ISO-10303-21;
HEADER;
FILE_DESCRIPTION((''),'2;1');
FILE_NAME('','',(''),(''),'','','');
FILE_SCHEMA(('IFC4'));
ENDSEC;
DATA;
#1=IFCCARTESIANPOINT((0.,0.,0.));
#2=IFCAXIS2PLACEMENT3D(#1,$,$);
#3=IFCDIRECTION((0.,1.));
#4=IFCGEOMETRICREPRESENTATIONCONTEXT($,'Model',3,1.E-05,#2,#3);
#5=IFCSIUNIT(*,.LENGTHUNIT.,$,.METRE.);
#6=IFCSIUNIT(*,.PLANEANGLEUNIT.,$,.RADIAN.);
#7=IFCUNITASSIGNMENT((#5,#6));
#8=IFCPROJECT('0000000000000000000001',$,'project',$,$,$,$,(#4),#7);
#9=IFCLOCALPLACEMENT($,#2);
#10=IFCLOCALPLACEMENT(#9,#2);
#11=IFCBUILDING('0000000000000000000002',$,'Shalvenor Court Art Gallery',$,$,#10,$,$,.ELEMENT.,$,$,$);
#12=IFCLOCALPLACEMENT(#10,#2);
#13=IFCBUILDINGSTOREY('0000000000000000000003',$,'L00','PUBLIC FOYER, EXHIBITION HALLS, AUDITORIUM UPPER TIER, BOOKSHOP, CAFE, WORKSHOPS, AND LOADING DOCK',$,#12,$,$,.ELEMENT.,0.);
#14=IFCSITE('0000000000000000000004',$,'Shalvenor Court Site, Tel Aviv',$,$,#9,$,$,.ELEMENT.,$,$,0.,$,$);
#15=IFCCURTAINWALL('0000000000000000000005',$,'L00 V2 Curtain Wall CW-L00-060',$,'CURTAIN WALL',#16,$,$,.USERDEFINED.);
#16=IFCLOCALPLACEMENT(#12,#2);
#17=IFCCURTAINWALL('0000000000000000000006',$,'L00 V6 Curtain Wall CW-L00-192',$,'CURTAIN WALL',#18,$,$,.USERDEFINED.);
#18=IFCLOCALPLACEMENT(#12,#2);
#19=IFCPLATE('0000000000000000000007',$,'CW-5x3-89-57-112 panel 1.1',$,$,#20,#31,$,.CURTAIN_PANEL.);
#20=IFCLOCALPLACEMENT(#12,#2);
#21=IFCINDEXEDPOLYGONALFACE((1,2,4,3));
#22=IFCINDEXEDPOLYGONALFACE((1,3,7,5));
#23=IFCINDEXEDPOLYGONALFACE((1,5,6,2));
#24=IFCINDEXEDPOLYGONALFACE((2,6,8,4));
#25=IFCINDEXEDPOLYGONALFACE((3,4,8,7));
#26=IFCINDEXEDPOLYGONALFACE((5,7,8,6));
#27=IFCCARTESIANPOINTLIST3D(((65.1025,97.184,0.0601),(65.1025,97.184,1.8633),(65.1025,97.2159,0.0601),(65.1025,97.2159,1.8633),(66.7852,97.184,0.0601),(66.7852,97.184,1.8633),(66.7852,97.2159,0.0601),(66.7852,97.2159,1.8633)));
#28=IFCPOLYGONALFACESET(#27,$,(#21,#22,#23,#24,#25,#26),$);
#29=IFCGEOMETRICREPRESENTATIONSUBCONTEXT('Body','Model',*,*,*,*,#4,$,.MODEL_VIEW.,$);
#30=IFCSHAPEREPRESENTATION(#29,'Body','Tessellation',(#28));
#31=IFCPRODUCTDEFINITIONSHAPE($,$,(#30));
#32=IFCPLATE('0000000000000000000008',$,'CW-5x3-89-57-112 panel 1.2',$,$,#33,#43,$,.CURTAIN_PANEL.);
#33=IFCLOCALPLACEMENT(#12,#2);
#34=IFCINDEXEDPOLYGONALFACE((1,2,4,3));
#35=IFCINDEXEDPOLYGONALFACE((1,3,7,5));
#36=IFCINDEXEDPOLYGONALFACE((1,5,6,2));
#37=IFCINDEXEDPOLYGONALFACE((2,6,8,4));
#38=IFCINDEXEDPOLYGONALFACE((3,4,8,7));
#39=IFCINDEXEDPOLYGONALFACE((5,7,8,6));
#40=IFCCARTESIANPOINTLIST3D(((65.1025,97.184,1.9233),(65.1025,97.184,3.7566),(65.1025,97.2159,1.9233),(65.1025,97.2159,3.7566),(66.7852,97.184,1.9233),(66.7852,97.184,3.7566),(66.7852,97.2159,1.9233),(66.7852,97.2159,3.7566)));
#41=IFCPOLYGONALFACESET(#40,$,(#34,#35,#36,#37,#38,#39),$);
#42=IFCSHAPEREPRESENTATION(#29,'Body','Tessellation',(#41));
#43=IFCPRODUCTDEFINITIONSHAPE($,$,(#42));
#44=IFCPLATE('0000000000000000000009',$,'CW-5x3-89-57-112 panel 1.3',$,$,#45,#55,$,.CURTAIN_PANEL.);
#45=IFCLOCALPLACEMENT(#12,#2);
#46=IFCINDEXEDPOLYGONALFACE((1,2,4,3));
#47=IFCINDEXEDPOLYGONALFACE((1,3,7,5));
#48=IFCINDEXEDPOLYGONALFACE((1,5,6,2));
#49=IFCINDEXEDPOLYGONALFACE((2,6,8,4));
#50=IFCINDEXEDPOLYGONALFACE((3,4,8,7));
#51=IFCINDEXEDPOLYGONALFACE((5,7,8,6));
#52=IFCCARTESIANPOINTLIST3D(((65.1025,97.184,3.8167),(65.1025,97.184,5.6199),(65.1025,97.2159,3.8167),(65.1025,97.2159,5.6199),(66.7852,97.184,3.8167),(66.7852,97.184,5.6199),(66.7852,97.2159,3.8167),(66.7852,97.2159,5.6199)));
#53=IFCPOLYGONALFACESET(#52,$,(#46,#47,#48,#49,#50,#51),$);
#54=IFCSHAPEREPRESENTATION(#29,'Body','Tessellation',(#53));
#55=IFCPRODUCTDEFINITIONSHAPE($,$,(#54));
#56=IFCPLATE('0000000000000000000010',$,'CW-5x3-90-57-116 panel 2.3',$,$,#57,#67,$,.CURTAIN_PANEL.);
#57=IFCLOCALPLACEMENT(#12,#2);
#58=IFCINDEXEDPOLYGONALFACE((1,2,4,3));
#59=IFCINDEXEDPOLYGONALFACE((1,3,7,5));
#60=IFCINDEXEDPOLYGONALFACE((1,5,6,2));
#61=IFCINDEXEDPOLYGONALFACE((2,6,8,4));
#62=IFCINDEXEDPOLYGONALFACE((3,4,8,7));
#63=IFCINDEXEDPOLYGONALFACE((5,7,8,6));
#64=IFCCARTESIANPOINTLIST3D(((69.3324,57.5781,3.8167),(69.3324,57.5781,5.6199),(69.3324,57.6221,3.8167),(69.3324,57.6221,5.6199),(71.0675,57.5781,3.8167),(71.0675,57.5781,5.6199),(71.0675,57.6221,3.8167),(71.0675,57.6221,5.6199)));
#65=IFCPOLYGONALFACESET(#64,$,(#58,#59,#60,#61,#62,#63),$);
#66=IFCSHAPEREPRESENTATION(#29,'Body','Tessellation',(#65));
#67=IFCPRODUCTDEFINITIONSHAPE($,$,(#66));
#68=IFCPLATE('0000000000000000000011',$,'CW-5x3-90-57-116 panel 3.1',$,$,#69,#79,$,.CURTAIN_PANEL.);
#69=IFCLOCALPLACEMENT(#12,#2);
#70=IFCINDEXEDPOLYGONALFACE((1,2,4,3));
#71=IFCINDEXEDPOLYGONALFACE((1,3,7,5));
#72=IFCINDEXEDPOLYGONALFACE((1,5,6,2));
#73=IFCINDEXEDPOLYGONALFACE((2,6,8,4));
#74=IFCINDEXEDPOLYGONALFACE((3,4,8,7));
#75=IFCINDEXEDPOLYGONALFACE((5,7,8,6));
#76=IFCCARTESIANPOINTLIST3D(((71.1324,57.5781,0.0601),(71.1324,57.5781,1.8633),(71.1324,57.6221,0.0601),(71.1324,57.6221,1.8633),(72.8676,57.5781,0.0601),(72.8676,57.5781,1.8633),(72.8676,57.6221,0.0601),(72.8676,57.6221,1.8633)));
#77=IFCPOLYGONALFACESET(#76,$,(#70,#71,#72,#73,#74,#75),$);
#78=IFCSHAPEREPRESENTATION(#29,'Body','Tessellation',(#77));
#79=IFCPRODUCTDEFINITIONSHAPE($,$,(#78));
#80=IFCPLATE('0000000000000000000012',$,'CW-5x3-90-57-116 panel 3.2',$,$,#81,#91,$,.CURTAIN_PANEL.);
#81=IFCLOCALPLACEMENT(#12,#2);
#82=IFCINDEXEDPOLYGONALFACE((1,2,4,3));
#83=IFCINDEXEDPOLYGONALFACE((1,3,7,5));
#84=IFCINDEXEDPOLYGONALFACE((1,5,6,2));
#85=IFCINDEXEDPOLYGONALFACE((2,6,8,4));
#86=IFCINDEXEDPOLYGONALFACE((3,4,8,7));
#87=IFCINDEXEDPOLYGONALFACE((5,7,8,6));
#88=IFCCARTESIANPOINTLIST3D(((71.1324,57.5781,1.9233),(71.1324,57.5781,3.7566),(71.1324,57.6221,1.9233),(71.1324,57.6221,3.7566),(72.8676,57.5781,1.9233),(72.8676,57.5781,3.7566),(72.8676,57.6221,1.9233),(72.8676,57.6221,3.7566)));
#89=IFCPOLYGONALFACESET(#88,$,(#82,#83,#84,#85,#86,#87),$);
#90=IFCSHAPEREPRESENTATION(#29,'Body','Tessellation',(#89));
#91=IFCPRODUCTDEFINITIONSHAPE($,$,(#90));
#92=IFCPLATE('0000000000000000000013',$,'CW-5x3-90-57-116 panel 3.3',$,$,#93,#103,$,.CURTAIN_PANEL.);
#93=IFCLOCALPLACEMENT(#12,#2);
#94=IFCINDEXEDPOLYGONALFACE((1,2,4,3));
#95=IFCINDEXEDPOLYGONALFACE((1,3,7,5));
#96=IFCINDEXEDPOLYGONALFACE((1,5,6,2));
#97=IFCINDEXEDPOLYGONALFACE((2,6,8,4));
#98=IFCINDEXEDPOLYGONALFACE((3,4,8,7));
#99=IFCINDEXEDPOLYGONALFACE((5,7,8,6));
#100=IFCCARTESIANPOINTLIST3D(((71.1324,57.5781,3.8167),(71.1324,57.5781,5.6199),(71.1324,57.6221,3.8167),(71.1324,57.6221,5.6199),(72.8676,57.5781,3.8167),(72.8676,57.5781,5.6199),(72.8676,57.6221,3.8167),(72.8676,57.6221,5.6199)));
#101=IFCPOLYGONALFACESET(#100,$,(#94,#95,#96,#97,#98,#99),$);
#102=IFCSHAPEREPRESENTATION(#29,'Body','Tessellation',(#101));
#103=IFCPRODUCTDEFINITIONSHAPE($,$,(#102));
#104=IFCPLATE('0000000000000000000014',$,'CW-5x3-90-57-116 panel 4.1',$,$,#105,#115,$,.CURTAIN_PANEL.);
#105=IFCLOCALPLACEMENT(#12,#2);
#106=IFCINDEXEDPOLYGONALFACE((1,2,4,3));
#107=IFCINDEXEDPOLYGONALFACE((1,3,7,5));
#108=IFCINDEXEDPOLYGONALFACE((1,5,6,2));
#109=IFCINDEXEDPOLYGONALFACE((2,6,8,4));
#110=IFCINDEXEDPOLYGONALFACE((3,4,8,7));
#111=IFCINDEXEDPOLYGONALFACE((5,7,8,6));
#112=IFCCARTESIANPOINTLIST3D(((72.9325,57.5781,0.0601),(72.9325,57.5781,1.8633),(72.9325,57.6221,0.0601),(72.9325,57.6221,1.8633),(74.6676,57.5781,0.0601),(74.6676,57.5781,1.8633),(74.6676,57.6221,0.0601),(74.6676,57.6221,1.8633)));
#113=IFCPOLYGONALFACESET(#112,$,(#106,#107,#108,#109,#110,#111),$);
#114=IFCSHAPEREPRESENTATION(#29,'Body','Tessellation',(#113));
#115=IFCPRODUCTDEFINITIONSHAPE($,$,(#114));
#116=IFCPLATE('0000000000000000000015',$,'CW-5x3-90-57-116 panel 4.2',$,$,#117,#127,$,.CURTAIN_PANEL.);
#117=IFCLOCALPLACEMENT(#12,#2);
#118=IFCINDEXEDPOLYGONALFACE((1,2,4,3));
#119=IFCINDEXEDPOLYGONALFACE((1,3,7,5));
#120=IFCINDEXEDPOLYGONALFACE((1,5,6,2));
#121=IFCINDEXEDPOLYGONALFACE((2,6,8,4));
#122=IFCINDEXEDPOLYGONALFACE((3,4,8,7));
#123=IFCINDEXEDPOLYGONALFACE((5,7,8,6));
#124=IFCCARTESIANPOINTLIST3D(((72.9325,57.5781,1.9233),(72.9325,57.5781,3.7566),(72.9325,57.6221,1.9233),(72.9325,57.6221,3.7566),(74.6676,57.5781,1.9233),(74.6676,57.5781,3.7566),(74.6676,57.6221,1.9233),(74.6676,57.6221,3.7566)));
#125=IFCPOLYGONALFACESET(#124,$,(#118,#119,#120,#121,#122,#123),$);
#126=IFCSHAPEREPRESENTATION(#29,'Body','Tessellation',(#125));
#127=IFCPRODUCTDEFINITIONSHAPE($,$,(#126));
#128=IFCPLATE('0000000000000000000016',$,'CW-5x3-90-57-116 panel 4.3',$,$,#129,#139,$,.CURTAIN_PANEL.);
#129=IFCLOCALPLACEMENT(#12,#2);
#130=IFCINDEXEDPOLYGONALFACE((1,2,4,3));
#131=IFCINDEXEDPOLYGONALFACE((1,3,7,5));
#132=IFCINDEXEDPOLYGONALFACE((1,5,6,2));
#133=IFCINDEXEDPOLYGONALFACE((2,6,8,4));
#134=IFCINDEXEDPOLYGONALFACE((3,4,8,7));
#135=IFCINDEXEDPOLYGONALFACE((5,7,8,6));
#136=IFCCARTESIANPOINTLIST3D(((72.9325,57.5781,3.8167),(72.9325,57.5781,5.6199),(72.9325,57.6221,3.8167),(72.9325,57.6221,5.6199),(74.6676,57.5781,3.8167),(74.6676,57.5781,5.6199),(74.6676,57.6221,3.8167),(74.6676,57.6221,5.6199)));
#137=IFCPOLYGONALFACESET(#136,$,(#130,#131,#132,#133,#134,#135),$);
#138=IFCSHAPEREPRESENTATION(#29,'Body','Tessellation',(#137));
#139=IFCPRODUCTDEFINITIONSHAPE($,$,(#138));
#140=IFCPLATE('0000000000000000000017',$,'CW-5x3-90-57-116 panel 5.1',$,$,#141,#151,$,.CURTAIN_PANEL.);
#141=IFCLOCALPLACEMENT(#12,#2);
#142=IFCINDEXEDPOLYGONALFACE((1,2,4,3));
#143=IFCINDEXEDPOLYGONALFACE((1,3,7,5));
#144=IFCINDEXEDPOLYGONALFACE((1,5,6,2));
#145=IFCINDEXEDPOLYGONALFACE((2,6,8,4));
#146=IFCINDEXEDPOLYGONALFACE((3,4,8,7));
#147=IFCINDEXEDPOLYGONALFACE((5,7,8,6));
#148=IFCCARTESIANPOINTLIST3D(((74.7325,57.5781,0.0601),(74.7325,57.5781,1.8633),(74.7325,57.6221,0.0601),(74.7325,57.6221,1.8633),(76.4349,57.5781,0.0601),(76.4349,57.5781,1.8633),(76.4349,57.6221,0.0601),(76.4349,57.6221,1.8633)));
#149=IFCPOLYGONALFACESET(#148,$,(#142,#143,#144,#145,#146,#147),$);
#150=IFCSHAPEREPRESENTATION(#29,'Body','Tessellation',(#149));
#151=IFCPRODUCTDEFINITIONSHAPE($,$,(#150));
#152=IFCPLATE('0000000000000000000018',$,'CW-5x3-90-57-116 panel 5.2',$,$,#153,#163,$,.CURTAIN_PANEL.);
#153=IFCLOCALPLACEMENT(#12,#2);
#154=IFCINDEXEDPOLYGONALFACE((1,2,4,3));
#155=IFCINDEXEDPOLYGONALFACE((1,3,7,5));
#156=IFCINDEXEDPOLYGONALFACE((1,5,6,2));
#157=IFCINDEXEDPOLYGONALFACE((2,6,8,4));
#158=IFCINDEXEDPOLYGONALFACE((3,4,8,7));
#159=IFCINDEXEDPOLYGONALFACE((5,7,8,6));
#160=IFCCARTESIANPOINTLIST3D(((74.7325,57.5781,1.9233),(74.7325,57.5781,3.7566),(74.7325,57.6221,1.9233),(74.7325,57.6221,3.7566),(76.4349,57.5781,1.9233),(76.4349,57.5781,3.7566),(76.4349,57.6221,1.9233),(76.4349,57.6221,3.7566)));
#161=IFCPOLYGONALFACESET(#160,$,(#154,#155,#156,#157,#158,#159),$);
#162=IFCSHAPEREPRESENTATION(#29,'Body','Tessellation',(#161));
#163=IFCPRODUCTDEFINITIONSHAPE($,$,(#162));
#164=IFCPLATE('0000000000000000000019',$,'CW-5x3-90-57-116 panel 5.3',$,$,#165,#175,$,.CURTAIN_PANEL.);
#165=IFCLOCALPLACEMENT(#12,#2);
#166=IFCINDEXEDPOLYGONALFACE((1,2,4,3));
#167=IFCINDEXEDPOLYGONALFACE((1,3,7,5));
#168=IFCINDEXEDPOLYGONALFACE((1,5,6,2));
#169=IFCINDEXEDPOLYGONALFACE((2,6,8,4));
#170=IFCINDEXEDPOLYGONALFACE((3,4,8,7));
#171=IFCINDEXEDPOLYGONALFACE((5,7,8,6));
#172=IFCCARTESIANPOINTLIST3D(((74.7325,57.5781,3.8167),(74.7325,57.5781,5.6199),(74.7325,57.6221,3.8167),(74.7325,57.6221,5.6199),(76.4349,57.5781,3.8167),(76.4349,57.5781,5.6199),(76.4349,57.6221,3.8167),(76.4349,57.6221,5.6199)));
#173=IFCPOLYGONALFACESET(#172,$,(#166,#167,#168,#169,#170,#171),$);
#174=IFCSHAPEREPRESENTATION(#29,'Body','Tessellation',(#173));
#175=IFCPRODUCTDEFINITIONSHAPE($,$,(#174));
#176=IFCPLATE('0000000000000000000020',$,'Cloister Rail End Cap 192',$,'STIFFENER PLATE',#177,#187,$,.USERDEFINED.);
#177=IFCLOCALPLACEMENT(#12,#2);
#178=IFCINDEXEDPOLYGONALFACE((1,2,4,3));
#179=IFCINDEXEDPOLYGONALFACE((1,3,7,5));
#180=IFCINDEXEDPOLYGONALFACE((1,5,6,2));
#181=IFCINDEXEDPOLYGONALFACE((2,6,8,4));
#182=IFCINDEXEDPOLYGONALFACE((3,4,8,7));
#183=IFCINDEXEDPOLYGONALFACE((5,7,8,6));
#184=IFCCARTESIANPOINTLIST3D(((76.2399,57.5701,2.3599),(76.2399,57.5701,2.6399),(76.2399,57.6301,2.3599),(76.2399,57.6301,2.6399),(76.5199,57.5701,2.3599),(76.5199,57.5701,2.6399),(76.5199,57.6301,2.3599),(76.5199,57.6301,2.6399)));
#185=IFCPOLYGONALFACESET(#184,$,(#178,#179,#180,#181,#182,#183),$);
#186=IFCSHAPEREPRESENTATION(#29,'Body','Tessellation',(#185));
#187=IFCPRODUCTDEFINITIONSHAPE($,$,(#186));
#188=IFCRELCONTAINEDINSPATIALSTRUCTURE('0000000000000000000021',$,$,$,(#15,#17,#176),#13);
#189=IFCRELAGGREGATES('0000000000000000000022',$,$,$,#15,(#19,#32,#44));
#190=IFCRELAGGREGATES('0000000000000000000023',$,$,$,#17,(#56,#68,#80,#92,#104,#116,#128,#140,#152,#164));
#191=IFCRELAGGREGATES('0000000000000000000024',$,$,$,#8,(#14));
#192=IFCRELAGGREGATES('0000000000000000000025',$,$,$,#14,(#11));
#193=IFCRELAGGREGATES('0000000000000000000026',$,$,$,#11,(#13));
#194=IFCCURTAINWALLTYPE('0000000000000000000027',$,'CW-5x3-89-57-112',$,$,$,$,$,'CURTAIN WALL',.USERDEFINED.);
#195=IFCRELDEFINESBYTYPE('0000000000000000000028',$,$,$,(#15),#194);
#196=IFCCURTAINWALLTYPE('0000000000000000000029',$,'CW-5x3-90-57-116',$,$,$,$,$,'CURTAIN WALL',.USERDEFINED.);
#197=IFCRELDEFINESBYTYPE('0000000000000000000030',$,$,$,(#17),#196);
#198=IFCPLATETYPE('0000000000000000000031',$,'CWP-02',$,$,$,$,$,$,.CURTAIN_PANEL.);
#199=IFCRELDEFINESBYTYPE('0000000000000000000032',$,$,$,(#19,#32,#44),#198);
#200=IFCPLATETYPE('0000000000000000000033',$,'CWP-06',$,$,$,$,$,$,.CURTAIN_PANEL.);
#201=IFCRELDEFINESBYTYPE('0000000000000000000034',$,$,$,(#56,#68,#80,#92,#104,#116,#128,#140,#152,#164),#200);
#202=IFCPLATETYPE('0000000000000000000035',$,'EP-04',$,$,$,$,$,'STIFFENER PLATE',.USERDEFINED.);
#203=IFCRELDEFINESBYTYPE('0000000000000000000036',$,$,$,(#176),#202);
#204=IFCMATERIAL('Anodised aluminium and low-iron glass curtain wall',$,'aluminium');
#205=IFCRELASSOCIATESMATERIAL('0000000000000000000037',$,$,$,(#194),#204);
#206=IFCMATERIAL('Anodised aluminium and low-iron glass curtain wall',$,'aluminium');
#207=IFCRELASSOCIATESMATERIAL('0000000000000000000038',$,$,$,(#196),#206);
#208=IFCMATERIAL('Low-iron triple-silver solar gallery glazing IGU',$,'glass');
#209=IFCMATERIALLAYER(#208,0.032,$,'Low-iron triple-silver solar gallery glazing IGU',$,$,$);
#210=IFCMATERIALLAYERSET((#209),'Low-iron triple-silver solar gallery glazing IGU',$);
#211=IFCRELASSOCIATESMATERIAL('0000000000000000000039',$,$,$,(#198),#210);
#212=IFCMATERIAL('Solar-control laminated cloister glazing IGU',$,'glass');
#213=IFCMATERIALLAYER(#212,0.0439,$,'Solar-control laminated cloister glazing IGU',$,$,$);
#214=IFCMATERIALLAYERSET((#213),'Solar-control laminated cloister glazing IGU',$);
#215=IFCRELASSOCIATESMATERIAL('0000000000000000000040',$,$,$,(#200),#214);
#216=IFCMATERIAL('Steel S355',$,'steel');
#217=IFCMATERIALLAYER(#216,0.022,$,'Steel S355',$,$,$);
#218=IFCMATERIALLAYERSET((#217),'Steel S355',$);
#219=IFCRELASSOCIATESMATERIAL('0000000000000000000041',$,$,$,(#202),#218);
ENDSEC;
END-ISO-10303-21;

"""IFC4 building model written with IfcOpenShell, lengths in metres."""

from ifc_helpers import new_model, si_unit, direction, frame, origin, origin_2d, place, context, subcontext, project, spatial, rectangle, extrude, material, layer, layer_set, type_object, element, aggregate, save


model = new_model("IFC4")

# Units and contexts
model_context = context("Model", 3, precision=1e-05, world=origin(), true_north=direction((0.0, 1.0)))
body_context = subcontext(model_context, "Body", "Model", "MODEL_VIEW")
ifc_project = project(units=[si_unit("LENGTHUNIT", "METRE"), si_unit("PLANEANGLEUNIT", "RADIAN")], contexts=[model_context])

# Site, building, storey
site_placement = place(None, origin())
site = spatial("IfcSite", under=ifc_project, at=site_placement, Name="Shalvenor Court Site, Tel Aviv", CompositionType="ELEMENT", RefElevation=0.0)
building_placement = place(site_placement, origin())
building = spatial("IfcBuilding", under=site, at=building_placement, Name="Shalvenor Court Art Gallery", CompositionType="ELEMENT")
storey_placement = place(building_placement, origin())
storey = spatial("IfcBuildingStorey", under=building, at=storey_placement, Name="L00", Description="PUBLIC FOYER, EXHIBITION HALLS, AUDITORIUM UPPER TIER, BOOKSHOP, CAFE, WORKSHOPS, AND LOADING DOCK", CompositionType="ELEMENT", Elevation=0.0)

# Curtain walls
ifc_material_1 = material(Name="Anodised aluminium and low-iron glass curtain wall", Category="aluminium")
curtain_wall_type_1 = type_object("IfcCurtainWallType", Name="CW-5x3-89-57-112", ElementType="CURTAIN WALL", PredefinedType="USERDEFINED", material=ifc_material_1)
curtain_wall_1_placement = place(storey_placement, origin())
curtain_wall_1 = element("IfcCurtainWall", 1, at=curtain_wall_1_placement, inside=storey, type_object=curtain_wall_type_1, Name="L00 V2 Curtain Wall CW-L00-060", ObjectType="CURTAIN WALL", PredefinedType="USERDEFINED")
ifc_material_2 = material(Name="Anodised aluminium and low-iron glass curtain wall", Category="aluminium")
curtain_wall_type_2 = type_object("IfcCurtainWallType", Name="CW-5x3-90-57-116", ElementType="CURTAIN WALL", PredefinedType="USERDEFINED", material=ifc_material_2)
curtain_wall_2_placement = place(storey_placement, origin())
curtain_wall_2 = element("IfcCurtainWall", 2, at=curtain_wall_2_placement, inside=storey, type_object=curtain_wall_type_2, Name="L00 V6 Curtain Wall CW-L00-192", ObjectType="CURTAIN WALL", PredefinedType="USERDEFINED")

# Plates
ifc_material_3 = material(Name="Low-iron triple-silver solar gallery glazing IGU", Category="glass")
ifc_layer_1 = layer(ifc_material_3, 0.032, Name="Low-iron triple-silver solar gallery glazing IGU")
ifc_layer_set_1 = layer_set([ifc_layer_1], Name="Low-iron triple-silver solar gallery glazing IGU")
plate_type_1 = type_object("IfcPlateType", Name="CWP-02", PredefinedType="CURTAIN_PANEL", material=ifc_layer_set_1)
plate_1_placement = place(storey_placement, frame((65.9438, 97.2, 0.0601), z_axis=(0.0, 0.0, 1.0), x_axis=(-1.0, 0.0, 0.0)))
plate_1 = element("IfcPlate", 3, at=plate_1_placement, type_object=plate_type_1, Name="CW-5x3-89-57-112 panel 1.1", PredefinedType="CURTAIN_PANEL", context=body_context, shape_type="SweptSolid", body=[
    extrude(rectangle(XDim=1.6826, YDim=0.032, at=origin_2d()), origin(), (0.0, 0.0, 1.0), 1.8032),
])
plate_2_placement = place(storey_placement, frame((65.9438, 97.2, 1.9233), z_axis=(0.0, 0.0, 1.0), x_axis=(-1.0, 0.0, 0.0)))
plate_2 = element("IfcPlate", 4, at=plate_2_placement, type_object=plate_type_1, Name="CW-5x3-89-57-112 panel 1.2", PredefinedType="CURTAIN_PANEL", context=body_context, shape_type="SweptSolid", body=[
    extrude(rectangle(XDim=1.6826, YDim=0.032, at=origin_2d()), origin(), (0.0, 0.0, 1.0), 1.8333),
])
plate_3_placement = place(storey_placement, frame((65.9438, 97.2, 3.8167), z_axis=(0.0, 0.0, 1.0), x_axis=(-1.0, 0.0, 0.0)))
plate_3 = element("IfcPlate", 5, at=plate_3_placement, type_object=plate_type_1, Name="CW-5x3-89-57-112 panel 1.3", PredefinedType="CURTAIN_PANEL", context=body_context, shape_type="SweptSolid", body=[
    extrude(rectangle(XDim=1.6826, YDim=0.032, at=origin_2d()), origin(), (0.0, 0.0, 1.0), 1.8032),
])
aggregate(curtain_wall_1, [plate_1, plate_2, plate_3])
ifc_material_4 = material(Name="Solar-control laminated cloister glazing IGU", Category="glass")
ifc_layer_2 = layer(ifc_material_4, 0.0439, Name="Solar-control laminated cloister glazing IGU")
ifc_layer_set_2 = layer_set([ifc_layer_2], Name="Solar-control laminated cloister glazing IGU")
plate_type_2 = type_object("IfcPlateType", Name="CWP-06", PredefinedType="CURTAIN_PANEL", material=ifc_layer_set_2)
plate_4_placement = place(storey_placement, frame((70.2, 57.6001, 3.8167), z_axis=(0.0, 0.0, 1.0), x_axis=(1.0, 0.0, 0.0)))
plate_4 = element("IfcPlate", 6, at=plate_4_placement, type_object=plate_type_2, Name="CW-5x3-90-57-116 panel 2.3", PredefinedType="CURTAIN_PANEL", context=body_context, shape_type="SweptSolid", body=[
    extrude(rectangle(XDim=1.7351, YDim=0.0439, at=origin_2d()), origin(), (0.0, 0.0, 1.0), 1.8032),
])
plate_5_placement = place(storey_placement, frame((72.0, 57.6001, 0.0601), z_axis=(0.0, 0.0, 1.0), x_axis=(1.0, 0.0, 0.0)))
plate_5 = element("IfcPlate", 7, at=plate_5_placement, type_object=plate_type_2, Name="CW-5x3-90-57-116 panel 3.1", PredefinedType="CURTAIN_PANEL", context=body_context, shape_type="SweptSolid", body=[
    extrude(rectangle(XDim=1.7351, YDim=0.0439, at=origin_2d()), origin(), (0.0, 0.0, 1.0), 1.8032),
])
plate_6_placement = place(storey_placement, frame((72.0, 57.6001, 1.9233), z_axis=(0.0, 0.0, 1.0), x_axis=(1.0, 0.0, 0.0)))
plate_6 = element("IfcPlate", 8, at=plate_6_placement, type_object=plate_type_2, Name="CW-5x3-90-57-116 panel 3.2", PredefinedType="CURTAIN_PANEL", context=body_context, shape_type="SweptSolid", body=[
    extrude(rectangle(XDim=1.7351, YDim=0.0439, at=origin_2d()), origin(), (0.0, 0.0, 1.0), 1.8333),
])
plate_7_placement = place(storey_placement, frame((72.0, 57.6001, 3.8167), z_axis=(0.0, 0.0, 1.0), x_axis=(1.0, 0.0, 0.0)))
plate_7 = element("IfcPlate", 9, at=plate_7_placement, type_object=plate_type_2, Name="CW-5x3-90-57-116 panel 3.3", PredefinedType="CURTAIN_PANEL", context=body_context, shape_type="SweptSolid", body=[
    extrude(rectangle(XDim=1.7351, YDim=0.0439, at=origin_2d()), origin(), (0.0, 0.0, 1.0), 1.8032),
])
plate_8_placement = place(storey_placement, frame((73.8, 57.6001, 0.0601), z_axis=(0.0, 0.0, 1.0), x_axis=(1.0, 0.0, 0.0)))
plate_8 = element("IfcPlate", 10, at=plate_8_placement, type_object=plate_type_2, Name="CW-5x3-90-57-116 panel 4.1", PredefinedType="CURTAIN_PANEL", context=body_context, shape_type="SweptSolid", body=[
    extrude(rectangle(XDim=1.7351, YDim=0.0439, at=origin_2d()), origin(), (0.0, 0.0, 1.0), 1.8032),
])
plate_9_placement = place(storey_placement, frame((73.8, 57.6001, 1.9233), z_axis=(0.0, 0.0, 1.0), x_axis=(1.0, 0.0, 0.0)))
plate_9 = element("IfcPlate", 11, at=plate_9_placement, type_object=plate_type_2, Name="CW-5x3-90-57-116 panel 4.2", PredefinedType="CURTAIN_PANEL", context=body_context, shape_type="SweptSolid", body=[
    extrude(rectangle(XDim=1.7351, YDim=0.0439, at=origin_2d()), origin(), (0.0, 0.0, 1.0), 1.8333),
])
plate_10_placement = place(storey_placement, frame((73.8, 57.6001, 3.8167), z_axis=(0.0, 0.0, 1.0), x_axis=(1.0, 0.0, 0.0)))
plate_10 = element("IfcPlate", 12, at=plate_10_placement, type_object=plate_type_2, Name="CW-5x3-90-57-116 panel 4.3", PredefinedType="CURTAIN_PANEL", context=body_context, shape_type="SweptSolid", body=[
    extrude(rectangle(XDim=1.7351, YDim=0.0439, at=origin_2d()), origin(), (0.0, 0.0, 1.0), 1.8032),
])
plate_11_placement = place(storey_placement, frame((75.5837, 57.6001, 0.0601), z_axis=(0.0, 0.0, 1.0), x_axis=(1.0, 0.0, 0.0)))
plate_11 = element("IfcPlate", 13, at=plate_11_placement, type_object=plate_type_2, Name="CW-5x3-90-57-116 panel 5.1", PredefinedType="CURTAIN_PANEL", context=body_context, shape_type="SweptSolid", body=[
    extrude(rectangle(XDim=1.7024, YDim=0.0439, at=origin_2d()), origin(), (0.0, 0.0, 1.0), 1.8032),
])
plate_12_placement = place(storey_placement, frame((75.5837, 57.6001, 1.9233), z_axis=(0.0, 0.0, 1.0), x_axis=(1.0, 0.0, 0.0)))
plate_12 = element("IfcPlate", 14, at=plate_12_placement, type_object=plate_type_2, Name="CW-5x3-90-57-116 panel 5.2", PredefinedType="CURTAIN_PANEL", context=body_context, shape_type="SweptSolid", body=[
    extrude(rectangle(XDim=1.7024, YDim=0.0439, at=origin_2d()), origin(), (0.0, 0.0, 1.0), 1.8333),
])
plate_13_placement = place(storey_placement, frame((75.5837, 57.6001, 3.8167), z_axis=(0.0, 0.0, 1.0), x_axis=(1.0, 0.0, 0.0)))
plate_13 = element("IfcPlate", 15, at=plate_13_placement, type_object=plate_type_2, Name="CW-5x3-90-57-116 panel 5.3", PredefinedType="CURTAIN_PANEL", context=body_context, shape_type="SweptSolid", body=[
    extrude(rectangle(XDim=1.7024, YDim=0.0439, at=origin_2d()), origin(), (0.0, 0.0, 1.0), 1.8032),
])
aggregate(curtain_wall_2, [plate_4, plate_5, plate_6, plate_7, plate_8, plate_9, plate_10, plate_11, plate_12, plate_13])
ifc_material_5 = material(Name="Steel S355", Category="steel")
ifc_layer_3 = layer(ifc_material_5, 0.022, Name="Steel S355")
ifc_layer_set_3 = layer_set([ifc_layer_3], Name="Steel S355")
plate_type_3 = type_object("IfcPlateType", Name="EP-04", ElementType="STIFFENER PLATE", PredefinedType="USERDEFINED", material=ifc_layer_set_3)
plate_14_placement = place(storey_placement, frame((76.3799, 57.6001, 2.3599), z_axis=(0.0, 0.0, 1.0), x_axis=(1.0, 0.0, 0.0)))
element("IfcPlate", 16, at=plate_14_placement, inside=storey, type_object=plate_type_3, Name="Cloister Rail End Cap 192", ObjectType="STIFFENER PLATE", PredefinedType="USERDEFINED", context=body_context, shape_type="SweptSolid", body=[
    extrude(rectangle(XDim=0.28, YDim=0.0601, at=origin_2d()), origin(), (0.0, 0.0, 1.0), 0.28),
])

save(model, "model.ifc")
